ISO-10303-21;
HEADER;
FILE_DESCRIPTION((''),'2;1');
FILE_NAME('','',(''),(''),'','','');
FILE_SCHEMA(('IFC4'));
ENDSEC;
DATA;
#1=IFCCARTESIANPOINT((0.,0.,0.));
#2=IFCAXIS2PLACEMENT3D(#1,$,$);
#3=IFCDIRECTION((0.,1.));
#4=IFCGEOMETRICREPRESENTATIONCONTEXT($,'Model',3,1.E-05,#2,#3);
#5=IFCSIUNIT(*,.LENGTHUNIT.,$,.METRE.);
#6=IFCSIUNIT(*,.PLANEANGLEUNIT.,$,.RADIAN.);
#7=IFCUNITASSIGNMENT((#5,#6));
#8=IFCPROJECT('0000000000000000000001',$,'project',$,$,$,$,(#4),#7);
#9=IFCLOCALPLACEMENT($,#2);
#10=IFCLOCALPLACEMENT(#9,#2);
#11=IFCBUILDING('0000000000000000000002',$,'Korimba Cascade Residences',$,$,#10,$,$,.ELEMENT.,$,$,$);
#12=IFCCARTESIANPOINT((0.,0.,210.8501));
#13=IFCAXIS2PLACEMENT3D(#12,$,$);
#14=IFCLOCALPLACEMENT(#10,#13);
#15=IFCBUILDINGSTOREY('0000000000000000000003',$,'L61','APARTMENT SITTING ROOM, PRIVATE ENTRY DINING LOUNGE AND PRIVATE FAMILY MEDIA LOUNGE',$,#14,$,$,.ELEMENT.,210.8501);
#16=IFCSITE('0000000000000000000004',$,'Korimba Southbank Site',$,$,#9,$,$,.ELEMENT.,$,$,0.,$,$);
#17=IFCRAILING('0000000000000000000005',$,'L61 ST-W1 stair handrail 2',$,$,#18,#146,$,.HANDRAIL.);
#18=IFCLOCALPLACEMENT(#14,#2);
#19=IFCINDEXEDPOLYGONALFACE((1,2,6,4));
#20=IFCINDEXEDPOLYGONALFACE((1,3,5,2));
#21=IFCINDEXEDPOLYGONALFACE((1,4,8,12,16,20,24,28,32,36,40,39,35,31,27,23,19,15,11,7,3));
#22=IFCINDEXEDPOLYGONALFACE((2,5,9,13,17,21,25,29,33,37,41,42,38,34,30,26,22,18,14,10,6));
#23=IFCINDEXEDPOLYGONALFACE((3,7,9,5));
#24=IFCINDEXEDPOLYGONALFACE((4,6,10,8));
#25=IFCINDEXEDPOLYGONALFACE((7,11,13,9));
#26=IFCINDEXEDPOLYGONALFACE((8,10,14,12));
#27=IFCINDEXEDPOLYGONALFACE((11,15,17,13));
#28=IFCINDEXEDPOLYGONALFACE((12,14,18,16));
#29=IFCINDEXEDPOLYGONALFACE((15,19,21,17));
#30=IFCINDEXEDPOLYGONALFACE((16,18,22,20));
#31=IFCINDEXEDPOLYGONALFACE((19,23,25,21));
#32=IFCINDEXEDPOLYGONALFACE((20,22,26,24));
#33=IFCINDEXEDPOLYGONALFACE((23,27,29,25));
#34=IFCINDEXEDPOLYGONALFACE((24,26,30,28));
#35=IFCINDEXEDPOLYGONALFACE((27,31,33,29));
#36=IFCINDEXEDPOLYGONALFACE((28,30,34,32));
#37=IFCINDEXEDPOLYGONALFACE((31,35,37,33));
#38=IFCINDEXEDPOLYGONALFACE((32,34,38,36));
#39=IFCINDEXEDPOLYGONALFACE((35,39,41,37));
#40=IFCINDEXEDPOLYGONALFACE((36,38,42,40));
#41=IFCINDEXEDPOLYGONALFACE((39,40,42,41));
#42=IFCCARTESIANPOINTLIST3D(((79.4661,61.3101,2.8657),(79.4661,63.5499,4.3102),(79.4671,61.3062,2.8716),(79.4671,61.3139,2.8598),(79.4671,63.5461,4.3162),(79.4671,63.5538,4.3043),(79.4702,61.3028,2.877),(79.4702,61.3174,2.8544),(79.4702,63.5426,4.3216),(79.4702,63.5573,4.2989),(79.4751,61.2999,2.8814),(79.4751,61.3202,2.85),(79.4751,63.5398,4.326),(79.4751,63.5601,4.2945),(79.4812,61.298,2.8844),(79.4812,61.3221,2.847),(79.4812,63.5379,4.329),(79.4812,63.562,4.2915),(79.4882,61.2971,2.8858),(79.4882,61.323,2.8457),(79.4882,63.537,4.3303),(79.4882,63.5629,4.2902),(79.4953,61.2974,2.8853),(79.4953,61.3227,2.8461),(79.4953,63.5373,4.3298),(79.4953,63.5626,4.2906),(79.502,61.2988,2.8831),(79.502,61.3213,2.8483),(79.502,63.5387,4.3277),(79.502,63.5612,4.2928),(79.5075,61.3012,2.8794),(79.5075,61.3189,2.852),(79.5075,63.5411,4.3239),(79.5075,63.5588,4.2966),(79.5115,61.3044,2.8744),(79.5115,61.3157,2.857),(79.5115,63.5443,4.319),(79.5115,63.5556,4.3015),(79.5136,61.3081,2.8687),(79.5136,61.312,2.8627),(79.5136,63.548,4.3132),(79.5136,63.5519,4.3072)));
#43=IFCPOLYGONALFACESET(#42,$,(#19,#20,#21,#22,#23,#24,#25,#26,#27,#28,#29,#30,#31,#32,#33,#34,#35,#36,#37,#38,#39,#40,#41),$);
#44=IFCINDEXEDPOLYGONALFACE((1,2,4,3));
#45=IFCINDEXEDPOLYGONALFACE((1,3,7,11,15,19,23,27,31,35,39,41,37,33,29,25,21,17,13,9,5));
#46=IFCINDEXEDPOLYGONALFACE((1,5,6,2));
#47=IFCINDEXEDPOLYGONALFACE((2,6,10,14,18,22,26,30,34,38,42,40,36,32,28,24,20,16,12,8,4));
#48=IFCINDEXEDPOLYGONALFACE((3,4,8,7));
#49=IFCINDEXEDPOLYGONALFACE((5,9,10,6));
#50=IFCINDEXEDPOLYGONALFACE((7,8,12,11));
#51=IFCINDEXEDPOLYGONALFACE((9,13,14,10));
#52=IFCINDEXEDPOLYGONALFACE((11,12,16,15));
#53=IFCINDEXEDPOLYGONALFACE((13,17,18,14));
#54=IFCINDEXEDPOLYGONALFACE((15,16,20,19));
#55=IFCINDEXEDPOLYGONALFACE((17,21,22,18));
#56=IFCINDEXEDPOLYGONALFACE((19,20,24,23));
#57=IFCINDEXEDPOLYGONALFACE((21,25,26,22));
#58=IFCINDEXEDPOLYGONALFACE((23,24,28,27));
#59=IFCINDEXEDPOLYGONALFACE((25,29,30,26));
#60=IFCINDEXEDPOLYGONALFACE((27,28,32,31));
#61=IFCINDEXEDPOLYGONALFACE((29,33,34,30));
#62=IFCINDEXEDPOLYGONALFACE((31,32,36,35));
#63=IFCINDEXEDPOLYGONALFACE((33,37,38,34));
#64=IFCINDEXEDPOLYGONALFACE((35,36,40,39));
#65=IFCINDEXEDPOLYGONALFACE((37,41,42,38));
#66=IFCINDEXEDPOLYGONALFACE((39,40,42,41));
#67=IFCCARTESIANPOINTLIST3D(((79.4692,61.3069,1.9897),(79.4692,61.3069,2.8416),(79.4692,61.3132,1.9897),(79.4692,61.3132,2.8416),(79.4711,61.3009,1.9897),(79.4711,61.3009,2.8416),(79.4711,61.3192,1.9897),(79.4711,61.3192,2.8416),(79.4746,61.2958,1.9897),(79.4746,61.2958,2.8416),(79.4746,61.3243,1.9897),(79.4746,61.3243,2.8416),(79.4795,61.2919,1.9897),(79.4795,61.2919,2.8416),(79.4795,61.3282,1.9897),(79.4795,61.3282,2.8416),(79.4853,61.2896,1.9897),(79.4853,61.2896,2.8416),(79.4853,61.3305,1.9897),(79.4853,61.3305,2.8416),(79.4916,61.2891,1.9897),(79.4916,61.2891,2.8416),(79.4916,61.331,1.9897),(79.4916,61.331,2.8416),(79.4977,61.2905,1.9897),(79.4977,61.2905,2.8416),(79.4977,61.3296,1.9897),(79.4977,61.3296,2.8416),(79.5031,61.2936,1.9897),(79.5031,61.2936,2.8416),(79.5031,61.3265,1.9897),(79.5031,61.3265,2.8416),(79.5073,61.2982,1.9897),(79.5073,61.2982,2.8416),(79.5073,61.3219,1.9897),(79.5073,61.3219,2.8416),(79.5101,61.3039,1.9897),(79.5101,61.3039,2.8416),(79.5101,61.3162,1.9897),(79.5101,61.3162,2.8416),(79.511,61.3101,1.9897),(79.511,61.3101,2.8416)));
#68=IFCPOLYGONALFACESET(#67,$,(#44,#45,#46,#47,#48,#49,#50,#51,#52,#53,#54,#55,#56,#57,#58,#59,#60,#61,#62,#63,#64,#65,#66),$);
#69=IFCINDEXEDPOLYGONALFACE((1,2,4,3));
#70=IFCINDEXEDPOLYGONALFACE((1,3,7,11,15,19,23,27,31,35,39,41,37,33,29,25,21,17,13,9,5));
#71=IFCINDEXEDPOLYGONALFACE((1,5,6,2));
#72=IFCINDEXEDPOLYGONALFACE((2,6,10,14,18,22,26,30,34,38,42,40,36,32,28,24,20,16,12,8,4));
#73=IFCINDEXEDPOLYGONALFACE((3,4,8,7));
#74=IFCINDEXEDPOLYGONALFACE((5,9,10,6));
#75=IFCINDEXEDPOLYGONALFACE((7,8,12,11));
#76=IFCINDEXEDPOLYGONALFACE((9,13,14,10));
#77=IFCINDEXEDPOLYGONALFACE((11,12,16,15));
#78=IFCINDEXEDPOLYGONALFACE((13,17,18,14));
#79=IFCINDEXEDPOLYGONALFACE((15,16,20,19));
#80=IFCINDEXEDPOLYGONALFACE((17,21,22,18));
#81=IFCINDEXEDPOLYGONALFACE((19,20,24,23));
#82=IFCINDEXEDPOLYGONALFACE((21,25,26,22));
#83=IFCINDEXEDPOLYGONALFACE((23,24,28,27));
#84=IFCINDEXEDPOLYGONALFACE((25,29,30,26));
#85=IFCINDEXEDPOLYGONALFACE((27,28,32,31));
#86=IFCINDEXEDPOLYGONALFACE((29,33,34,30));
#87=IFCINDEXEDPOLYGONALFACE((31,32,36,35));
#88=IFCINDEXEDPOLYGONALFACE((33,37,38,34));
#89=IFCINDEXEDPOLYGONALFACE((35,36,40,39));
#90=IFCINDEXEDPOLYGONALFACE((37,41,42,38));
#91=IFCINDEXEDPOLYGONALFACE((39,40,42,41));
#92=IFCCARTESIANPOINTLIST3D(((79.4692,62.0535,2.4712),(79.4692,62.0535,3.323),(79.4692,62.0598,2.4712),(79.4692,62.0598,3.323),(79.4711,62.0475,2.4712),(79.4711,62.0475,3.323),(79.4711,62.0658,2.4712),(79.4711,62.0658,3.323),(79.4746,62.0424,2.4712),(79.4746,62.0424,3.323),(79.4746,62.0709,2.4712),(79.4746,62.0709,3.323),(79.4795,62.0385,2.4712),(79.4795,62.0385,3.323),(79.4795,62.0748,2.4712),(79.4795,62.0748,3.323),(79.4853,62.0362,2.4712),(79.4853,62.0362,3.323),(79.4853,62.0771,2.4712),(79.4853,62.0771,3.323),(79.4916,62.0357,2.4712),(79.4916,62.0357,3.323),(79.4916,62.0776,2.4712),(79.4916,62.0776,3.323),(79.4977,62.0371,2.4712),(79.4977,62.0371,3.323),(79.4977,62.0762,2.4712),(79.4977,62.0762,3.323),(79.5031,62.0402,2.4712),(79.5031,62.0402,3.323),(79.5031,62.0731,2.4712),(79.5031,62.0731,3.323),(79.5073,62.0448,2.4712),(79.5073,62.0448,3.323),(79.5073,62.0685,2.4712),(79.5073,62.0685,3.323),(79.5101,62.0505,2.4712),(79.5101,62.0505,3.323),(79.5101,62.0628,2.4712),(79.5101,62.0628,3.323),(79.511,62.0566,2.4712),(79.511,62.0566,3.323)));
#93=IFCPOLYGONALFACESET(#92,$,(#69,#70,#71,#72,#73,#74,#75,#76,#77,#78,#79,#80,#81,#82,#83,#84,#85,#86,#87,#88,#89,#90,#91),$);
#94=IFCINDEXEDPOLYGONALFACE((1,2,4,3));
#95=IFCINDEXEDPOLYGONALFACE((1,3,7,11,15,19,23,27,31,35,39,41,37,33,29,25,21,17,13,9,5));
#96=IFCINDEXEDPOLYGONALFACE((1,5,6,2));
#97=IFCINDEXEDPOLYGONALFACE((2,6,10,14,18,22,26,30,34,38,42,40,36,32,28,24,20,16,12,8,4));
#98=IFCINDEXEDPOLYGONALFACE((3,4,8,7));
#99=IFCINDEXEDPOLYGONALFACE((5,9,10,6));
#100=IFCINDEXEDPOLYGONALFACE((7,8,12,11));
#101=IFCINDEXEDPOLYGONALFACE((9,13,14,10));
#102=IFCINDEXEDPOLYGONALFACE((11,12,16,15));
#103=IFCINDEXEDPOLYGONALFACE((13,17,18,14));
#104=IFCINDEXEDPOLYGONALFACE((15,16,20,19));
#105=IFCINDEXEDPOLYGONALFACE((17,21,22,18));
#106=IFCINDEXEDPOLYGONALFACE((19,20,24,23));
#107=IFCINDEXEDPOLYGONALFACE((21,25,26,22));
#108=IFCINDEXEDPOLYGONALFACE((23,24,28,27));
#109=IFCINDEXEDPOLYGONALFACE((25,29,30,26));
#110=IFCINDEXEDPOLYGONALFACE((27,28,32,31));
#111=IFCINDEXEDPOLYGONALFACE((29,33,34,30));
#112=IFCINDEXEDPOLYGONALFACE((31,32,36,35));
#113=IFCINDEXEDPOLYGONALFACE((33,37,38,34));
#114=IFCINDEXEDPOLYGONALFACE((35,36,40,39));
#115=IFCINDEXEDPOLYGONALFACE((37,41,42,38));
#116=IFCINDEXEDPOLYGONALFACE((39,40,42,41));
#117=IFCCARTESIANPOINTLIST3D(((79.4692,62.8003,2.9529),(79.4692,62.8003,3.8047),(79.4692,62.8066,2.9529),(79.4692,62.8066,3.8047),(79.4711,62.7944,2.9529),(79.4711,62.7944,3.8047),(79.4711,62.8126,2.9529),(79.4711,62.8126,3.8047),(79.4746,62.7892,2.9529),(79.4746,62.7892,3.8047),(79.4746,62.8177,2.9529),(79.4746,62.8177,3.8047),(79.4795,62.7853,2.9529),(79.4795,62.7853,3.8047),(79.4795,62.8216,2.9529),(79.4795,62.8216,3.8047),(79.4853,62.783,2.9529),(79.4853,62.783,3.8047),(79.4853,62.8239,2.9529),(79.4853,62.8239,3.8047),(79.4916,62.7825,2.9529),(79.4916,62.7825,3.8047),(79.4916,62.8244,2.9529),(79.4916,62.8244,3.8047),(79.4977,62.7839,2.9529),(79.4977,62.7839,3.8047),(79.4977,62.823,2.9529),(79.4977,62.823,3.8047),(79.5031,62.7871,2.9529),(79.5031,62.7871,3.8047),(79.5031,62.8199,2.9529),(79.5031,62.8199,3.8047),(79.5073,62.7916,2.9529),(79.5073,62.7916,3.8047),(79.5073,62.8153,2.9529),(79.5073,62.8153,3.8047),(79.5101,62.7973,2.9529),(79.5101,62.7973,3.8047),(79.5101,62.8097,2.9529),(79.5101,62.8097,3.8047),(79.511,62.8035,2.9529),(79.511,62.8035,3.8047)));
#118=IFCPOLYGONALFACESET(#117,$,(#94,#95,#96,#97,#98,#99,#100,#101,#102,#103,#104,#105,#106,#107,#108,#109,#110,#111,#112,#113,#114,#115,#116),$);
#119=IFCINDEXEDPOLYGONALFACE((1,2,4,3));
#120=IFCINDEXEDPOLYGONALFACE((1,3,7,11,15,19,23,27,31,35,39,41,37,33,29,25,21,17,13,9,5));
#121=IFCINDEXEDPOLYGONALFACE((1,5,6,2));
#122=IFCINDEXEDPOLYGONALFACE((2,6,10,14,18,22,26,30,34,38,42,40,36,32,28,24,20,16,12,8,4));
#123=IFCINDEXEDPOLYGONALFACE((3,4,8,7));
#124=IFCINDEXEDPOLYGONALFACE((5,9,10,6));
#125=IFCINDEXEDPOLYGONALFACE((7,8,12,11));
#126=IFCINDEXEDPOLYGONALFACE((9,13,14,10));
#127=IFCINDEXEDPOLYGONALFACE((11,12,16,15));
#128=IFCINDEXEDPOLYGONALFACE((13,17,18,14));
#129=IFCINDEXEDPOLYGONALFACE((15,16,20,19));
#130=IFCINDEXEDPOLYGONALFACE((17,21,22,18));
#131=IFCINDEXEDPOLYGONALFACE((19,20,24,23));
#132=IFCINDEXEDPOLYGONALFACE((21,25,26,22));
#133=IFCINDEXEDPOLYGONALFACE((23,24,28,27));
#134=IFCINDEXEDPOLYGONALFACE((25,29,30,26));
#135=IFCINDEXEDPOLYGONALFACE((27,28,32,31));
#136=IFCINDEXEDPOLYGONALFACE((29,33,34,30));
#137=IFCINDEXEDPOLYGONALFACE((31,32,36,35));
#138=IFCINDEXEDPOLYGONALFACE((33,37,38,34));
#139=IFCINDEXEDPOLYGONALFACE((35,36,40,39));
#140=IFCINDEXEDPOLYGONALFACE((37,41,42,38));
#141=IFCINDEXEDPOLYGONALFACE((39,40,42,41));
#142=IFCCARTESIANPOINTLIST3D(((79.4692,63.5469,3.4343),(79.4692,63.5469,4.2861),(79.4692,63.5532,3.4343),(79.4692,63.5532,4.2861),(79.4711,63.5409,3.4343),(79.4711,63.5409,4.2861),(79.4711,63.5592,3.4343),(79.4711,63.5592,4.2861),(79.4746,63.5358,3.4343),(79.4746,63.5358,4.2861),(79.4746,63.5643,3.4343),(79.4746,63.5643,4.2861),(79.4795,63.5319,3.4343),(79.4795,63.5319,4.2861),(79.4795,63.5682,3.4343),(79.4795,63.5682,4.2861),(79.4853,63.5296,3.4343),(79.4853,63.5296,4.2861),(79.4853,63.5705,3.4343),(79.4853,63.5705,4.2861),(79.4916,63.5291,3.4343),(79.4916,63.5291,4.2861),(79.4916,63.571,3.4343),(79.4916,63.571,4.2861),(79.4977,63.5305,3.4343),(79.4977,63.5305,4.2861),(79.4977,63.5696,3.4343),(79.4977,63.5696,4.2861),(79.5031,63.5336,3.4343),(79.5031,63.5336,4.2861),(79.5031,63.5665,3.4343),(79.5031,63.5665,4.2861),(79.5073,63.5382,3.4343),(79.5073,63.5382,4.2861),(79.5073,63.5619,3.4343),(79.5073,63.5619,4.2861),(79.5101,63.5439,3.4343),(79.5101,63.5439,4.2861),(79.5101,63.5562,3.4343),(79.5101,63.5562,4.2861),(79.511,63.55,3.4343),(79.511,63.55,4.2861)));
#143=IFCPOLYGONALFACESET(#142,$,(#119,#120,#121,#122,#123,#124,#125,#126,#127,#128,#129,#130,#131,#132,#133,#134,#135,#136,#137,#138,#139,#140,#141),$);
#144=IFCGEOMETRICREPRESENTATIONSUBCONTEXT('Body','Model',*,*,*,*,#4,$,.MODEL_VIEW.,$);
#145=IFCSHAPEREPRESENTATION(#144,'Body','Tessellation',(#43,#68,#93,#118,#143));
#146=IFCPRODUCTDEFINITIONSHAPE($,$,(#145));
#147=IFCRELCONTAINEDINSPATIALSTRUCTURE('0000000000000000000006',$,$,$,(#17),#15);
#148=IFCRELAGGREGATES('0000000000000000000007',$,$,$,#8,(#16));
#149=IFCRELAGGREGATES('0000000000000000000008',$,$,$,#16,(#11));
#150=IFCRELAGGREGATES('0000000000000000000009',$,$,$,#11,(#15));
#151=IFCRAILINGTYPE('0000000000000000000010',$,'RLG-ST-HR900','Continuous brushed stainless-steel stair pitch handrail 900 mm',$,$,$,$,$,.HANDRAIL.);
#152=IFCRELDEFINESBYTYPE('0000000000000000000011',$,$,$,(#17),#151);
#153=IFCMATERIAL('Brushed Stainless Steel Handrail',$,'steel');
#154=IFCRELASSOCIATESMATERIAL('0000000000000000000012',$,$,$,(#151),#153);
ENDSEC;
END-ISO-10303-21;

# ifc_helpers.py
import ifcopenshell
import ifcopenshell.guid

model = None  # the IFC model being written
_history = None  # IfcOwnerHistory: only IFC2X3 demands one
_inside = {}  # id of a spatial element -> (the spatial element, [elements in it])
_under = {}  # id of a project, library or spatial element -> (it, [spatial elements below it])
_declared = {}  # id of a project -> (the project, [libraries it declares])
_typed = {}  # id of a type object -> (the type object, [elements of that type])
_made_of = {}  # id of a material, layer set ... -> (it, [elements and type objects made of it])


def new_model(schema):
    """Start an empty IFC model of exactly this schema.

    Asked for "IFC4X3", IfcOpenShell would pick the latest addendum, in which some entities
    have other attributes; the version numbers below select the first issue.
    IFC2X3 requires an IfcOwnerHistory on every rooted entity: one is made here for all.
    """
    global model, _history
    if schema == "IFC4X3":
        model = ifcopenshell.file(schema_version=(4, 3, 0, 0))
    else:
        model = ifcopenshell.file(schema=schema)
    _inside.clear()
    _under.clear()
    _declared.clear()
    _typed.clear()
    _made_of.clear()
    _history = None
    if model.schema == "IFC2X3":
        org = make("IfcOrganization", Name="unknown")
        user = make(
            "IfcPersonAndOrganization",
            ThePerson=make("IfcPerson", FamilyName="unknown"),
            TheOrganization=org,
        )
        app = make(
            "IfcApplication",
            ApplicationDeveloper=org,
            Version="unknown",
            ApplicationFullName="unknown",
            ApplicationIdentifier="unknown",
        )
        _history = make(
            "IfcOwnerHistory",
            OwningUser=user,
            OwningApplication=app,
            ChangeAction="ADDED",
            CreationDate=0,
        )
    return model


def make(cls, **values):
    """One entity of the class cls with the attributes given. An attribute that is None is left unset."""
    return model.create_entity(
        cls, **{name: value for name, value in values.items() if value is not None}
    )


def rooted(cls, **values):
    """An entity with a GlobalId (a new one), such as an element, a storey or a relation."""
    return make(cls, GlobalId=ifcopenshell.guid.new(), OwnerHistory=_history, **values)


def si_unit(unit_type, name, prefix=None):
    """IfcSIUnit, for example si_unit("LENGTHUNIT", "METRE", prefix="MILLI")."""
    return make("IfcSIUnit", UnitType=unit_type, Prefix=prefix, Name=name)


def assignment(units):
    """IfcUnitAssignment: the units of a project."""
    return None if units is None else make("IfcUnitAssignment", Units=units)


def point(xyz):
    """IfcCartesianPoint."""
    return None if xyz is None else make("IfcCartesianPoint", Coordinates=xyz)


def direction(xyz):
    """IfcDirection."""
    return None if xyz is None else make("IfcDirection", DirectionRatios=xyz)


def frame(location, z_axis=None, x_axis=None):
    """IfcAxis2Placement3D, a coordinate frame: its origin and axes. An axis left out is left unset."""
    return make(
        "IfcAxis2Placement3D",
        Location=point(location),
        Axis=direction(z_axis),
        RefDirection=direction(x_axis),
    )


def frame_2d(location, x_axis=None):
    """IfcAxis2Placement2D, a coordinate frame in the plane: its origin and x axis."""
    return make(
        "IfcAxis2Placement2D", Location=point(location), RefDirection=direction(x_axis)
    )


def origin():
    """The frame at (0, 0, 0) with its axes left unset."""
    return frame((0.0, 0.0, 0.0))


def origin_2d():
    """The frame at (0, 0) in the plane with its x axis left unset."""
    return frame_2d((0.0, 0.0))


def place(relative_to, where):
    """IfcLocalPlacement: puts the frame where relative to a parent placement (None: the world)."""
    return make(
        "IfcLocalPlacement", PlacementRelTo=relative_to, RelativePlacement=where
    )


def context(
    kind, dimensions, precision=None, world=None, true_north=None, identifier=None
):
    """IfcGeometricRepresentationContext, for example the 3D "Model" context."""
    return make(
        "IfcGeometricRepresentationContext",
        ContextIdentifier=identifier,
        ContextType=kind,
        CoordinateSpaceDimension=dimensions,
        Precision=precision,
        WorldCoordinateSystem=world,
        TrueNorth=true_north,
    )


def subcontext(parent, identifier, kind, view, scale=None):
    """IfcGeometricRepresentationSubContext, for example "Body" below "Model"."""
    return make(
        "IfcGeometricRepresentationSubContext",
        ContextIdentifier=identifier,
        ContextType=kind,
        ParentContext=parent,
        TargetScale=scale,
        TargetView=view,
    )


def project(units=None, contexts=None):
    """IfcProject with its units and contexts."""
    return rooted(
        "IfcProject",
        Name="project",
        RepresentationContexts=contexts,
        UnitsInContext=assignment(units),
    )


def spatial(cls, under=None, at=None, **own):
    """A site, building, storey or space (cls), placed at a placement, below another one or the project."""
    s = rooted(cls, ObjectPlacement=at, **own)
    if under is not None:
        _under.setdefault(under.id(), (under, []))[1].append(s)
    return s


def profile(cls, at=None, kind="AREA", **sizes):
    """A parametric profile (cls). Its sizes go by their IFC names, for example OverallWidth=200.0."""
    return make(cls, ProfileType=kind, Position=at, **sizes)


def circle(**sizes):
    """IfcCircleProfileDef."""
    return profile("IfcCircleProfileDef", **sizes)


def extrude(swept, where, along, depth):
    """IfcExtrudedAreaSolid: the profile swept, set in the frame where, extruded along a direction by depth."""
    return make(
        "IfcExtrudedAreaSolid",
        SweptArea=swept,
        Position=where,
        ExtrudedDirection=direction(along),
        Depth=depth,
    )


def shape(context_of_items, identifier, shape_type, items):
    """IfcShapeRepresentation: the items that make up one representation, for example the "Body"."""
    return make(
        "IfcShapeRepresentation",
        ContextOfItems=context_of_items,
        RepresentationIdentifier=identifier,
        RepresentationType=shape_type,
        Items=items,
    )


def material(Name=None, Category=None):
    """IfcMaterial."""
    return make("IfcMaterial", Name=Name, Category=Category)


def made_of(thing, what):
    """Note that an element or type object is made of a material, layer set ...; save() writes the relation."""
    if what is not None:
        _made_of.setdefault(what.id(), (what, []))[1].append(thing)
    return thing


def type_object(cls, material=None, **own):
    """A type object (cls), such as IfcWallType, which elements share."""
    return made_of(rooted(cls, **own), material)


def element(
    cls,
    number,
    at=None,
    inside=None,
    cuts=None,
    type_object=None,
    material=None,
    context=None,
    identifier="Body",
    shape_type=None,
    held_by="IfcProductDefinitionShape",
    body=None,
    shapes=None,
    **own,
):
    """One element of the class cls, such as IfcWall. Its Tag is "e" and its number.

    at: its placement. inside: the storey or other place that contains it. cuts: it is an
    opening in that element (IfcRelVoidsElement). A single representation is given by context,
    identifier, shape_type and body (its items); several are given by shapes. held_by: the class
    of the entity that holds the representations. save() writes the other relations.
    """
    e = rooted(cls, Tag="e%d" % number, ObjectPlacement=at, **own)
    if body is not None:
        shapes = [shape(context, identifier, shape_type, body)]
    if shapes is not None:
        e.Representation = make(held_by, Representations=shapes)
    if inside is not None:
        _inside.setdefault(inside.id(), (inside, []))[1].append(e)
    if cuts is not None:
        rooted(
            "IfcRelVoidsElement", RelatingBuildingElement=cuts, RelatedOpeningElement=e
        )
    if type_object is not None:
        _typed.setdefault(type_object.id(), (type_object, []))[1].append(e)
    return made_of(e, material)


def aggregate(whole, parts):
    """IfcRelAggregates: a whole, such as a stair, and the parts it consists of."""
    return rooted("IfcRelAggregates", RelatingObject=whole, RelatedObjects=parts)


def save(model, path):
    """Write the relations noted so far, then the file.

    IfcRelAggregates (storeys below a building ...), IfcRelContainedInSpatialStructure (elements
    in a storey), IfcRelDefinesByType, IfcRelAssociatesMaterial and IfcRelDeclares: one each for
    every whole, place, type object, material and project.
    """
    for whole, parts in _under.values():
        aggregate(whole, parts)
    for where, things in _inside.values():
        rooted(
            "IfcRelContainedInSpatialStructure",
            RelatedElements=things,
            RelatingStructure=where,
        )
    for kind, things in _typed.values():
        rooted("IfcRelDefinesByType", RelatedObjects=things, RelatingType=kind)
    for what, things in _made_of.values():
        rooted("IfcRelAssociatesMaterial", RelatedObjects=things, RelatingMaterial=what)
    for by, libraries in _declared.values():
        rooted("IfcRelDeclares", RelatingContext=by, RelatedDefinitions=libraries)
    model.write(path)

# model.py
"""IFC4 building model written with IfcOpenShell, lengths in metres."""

from ifc_helpers import new_model, si_unit, direction, frame, origin, origin_2d, place, context, subcontext, project, spatial, circle, extrude, material, type_object, element, save


model = new_model("IFC4")

# Units and contexts
model_context = context("Model", 3, precision=1e-05, world=origin(), true_north=direction((0.0, 1.0)))
body_context = subcontext(model_context, "Body", "Model", "MODEL_VIEW")
ifc_project = project(units=[si_unit("LENGTHUNIT", "METRE"), si_unit("PLANEANGLEUNIT", "RADIAN")], contexts=[model_context])

# Site, building, storey
site_placement = place(None, origin())
site = spatial("IfcSite", under=ifc_project, at=site_placement, Name="Korimba Southbank Site", CompositionType="ELEMENT", RefElevation=0.0)
building_placement = place(site_placement, origin())
building = spatial("IfcBuilding", under=site, at=building_placement, Name="Korimba Cascade Residences", CompositionType="ELEMENT")
storey_placement = place(building_placement, frame((0.0, 0.0, 210.8501)))
storey = spatial("IfcBuildingStorey", under=building, at=storey_placement, Name="L61", Description="APARTMENT SITTING ROOM, PRIVATE ENTRY DINING LOUNGE AND PRIVATE FAMILY MEDIA LOUNGE", CompositionType="ELEMENT", Elevation=210.8501)

# Railing
ifc_material_1 = material(Name="Brushed Stainless Steel Handrail", Category="steel")
railing_type_1 = type_object("IfcRailingType", Name="RLG-ST-HR900", Description="Continuous brushed stainless-steel stair pitch handrail 900 mm", PredefinedType="HANDRAIL", material=ifc_material_1)
railing_1_placement = place(storey_placement, frame((79.49, 61.3101, 1.9897)))
element("IfcRailing", 1, at=railing_1_placement, inside=storey, type_object=railing_type_1, Name="L61 ST-W1 stair handrail 2", PredefinedType="HANDRAIL", context=body_context, shape_type="SweptSolid", body=[
    extrude(circle(Radius=0.0239, at=origin_2d()), frame((0.0, 0.0, 0.876), z_axis=(0.0, 0.840395, 0.541975), x_axis=(-1.0, 0.0, 0.0)), (0.0, 0.0, 1.0), 2.6653),
    extrude(circle(Radius=0.021, at=origin_2d()), origin(), (0.0, 0.0, 1.0), 0.8518),
    extrude(circle(Radius=0.021, at=origin_2d()), frame((0.0, 0.7466, 0.4814)), (0.0, 0.0, 1.0), 0.8518),
    extrude(circle(Radius=0.021, at=origin_2d()), frame((0.0, 1.4934, 0.9631)), (0.0, 0.0, 1.0), 0.8518),
    extrude(circle(Radius=0.021, at=origin_2d()), frame((0.0, 2.24, 1.4446)), (0.0, 0.0, 1.0), 0.8518),
])

save(model, "model.ifc")
